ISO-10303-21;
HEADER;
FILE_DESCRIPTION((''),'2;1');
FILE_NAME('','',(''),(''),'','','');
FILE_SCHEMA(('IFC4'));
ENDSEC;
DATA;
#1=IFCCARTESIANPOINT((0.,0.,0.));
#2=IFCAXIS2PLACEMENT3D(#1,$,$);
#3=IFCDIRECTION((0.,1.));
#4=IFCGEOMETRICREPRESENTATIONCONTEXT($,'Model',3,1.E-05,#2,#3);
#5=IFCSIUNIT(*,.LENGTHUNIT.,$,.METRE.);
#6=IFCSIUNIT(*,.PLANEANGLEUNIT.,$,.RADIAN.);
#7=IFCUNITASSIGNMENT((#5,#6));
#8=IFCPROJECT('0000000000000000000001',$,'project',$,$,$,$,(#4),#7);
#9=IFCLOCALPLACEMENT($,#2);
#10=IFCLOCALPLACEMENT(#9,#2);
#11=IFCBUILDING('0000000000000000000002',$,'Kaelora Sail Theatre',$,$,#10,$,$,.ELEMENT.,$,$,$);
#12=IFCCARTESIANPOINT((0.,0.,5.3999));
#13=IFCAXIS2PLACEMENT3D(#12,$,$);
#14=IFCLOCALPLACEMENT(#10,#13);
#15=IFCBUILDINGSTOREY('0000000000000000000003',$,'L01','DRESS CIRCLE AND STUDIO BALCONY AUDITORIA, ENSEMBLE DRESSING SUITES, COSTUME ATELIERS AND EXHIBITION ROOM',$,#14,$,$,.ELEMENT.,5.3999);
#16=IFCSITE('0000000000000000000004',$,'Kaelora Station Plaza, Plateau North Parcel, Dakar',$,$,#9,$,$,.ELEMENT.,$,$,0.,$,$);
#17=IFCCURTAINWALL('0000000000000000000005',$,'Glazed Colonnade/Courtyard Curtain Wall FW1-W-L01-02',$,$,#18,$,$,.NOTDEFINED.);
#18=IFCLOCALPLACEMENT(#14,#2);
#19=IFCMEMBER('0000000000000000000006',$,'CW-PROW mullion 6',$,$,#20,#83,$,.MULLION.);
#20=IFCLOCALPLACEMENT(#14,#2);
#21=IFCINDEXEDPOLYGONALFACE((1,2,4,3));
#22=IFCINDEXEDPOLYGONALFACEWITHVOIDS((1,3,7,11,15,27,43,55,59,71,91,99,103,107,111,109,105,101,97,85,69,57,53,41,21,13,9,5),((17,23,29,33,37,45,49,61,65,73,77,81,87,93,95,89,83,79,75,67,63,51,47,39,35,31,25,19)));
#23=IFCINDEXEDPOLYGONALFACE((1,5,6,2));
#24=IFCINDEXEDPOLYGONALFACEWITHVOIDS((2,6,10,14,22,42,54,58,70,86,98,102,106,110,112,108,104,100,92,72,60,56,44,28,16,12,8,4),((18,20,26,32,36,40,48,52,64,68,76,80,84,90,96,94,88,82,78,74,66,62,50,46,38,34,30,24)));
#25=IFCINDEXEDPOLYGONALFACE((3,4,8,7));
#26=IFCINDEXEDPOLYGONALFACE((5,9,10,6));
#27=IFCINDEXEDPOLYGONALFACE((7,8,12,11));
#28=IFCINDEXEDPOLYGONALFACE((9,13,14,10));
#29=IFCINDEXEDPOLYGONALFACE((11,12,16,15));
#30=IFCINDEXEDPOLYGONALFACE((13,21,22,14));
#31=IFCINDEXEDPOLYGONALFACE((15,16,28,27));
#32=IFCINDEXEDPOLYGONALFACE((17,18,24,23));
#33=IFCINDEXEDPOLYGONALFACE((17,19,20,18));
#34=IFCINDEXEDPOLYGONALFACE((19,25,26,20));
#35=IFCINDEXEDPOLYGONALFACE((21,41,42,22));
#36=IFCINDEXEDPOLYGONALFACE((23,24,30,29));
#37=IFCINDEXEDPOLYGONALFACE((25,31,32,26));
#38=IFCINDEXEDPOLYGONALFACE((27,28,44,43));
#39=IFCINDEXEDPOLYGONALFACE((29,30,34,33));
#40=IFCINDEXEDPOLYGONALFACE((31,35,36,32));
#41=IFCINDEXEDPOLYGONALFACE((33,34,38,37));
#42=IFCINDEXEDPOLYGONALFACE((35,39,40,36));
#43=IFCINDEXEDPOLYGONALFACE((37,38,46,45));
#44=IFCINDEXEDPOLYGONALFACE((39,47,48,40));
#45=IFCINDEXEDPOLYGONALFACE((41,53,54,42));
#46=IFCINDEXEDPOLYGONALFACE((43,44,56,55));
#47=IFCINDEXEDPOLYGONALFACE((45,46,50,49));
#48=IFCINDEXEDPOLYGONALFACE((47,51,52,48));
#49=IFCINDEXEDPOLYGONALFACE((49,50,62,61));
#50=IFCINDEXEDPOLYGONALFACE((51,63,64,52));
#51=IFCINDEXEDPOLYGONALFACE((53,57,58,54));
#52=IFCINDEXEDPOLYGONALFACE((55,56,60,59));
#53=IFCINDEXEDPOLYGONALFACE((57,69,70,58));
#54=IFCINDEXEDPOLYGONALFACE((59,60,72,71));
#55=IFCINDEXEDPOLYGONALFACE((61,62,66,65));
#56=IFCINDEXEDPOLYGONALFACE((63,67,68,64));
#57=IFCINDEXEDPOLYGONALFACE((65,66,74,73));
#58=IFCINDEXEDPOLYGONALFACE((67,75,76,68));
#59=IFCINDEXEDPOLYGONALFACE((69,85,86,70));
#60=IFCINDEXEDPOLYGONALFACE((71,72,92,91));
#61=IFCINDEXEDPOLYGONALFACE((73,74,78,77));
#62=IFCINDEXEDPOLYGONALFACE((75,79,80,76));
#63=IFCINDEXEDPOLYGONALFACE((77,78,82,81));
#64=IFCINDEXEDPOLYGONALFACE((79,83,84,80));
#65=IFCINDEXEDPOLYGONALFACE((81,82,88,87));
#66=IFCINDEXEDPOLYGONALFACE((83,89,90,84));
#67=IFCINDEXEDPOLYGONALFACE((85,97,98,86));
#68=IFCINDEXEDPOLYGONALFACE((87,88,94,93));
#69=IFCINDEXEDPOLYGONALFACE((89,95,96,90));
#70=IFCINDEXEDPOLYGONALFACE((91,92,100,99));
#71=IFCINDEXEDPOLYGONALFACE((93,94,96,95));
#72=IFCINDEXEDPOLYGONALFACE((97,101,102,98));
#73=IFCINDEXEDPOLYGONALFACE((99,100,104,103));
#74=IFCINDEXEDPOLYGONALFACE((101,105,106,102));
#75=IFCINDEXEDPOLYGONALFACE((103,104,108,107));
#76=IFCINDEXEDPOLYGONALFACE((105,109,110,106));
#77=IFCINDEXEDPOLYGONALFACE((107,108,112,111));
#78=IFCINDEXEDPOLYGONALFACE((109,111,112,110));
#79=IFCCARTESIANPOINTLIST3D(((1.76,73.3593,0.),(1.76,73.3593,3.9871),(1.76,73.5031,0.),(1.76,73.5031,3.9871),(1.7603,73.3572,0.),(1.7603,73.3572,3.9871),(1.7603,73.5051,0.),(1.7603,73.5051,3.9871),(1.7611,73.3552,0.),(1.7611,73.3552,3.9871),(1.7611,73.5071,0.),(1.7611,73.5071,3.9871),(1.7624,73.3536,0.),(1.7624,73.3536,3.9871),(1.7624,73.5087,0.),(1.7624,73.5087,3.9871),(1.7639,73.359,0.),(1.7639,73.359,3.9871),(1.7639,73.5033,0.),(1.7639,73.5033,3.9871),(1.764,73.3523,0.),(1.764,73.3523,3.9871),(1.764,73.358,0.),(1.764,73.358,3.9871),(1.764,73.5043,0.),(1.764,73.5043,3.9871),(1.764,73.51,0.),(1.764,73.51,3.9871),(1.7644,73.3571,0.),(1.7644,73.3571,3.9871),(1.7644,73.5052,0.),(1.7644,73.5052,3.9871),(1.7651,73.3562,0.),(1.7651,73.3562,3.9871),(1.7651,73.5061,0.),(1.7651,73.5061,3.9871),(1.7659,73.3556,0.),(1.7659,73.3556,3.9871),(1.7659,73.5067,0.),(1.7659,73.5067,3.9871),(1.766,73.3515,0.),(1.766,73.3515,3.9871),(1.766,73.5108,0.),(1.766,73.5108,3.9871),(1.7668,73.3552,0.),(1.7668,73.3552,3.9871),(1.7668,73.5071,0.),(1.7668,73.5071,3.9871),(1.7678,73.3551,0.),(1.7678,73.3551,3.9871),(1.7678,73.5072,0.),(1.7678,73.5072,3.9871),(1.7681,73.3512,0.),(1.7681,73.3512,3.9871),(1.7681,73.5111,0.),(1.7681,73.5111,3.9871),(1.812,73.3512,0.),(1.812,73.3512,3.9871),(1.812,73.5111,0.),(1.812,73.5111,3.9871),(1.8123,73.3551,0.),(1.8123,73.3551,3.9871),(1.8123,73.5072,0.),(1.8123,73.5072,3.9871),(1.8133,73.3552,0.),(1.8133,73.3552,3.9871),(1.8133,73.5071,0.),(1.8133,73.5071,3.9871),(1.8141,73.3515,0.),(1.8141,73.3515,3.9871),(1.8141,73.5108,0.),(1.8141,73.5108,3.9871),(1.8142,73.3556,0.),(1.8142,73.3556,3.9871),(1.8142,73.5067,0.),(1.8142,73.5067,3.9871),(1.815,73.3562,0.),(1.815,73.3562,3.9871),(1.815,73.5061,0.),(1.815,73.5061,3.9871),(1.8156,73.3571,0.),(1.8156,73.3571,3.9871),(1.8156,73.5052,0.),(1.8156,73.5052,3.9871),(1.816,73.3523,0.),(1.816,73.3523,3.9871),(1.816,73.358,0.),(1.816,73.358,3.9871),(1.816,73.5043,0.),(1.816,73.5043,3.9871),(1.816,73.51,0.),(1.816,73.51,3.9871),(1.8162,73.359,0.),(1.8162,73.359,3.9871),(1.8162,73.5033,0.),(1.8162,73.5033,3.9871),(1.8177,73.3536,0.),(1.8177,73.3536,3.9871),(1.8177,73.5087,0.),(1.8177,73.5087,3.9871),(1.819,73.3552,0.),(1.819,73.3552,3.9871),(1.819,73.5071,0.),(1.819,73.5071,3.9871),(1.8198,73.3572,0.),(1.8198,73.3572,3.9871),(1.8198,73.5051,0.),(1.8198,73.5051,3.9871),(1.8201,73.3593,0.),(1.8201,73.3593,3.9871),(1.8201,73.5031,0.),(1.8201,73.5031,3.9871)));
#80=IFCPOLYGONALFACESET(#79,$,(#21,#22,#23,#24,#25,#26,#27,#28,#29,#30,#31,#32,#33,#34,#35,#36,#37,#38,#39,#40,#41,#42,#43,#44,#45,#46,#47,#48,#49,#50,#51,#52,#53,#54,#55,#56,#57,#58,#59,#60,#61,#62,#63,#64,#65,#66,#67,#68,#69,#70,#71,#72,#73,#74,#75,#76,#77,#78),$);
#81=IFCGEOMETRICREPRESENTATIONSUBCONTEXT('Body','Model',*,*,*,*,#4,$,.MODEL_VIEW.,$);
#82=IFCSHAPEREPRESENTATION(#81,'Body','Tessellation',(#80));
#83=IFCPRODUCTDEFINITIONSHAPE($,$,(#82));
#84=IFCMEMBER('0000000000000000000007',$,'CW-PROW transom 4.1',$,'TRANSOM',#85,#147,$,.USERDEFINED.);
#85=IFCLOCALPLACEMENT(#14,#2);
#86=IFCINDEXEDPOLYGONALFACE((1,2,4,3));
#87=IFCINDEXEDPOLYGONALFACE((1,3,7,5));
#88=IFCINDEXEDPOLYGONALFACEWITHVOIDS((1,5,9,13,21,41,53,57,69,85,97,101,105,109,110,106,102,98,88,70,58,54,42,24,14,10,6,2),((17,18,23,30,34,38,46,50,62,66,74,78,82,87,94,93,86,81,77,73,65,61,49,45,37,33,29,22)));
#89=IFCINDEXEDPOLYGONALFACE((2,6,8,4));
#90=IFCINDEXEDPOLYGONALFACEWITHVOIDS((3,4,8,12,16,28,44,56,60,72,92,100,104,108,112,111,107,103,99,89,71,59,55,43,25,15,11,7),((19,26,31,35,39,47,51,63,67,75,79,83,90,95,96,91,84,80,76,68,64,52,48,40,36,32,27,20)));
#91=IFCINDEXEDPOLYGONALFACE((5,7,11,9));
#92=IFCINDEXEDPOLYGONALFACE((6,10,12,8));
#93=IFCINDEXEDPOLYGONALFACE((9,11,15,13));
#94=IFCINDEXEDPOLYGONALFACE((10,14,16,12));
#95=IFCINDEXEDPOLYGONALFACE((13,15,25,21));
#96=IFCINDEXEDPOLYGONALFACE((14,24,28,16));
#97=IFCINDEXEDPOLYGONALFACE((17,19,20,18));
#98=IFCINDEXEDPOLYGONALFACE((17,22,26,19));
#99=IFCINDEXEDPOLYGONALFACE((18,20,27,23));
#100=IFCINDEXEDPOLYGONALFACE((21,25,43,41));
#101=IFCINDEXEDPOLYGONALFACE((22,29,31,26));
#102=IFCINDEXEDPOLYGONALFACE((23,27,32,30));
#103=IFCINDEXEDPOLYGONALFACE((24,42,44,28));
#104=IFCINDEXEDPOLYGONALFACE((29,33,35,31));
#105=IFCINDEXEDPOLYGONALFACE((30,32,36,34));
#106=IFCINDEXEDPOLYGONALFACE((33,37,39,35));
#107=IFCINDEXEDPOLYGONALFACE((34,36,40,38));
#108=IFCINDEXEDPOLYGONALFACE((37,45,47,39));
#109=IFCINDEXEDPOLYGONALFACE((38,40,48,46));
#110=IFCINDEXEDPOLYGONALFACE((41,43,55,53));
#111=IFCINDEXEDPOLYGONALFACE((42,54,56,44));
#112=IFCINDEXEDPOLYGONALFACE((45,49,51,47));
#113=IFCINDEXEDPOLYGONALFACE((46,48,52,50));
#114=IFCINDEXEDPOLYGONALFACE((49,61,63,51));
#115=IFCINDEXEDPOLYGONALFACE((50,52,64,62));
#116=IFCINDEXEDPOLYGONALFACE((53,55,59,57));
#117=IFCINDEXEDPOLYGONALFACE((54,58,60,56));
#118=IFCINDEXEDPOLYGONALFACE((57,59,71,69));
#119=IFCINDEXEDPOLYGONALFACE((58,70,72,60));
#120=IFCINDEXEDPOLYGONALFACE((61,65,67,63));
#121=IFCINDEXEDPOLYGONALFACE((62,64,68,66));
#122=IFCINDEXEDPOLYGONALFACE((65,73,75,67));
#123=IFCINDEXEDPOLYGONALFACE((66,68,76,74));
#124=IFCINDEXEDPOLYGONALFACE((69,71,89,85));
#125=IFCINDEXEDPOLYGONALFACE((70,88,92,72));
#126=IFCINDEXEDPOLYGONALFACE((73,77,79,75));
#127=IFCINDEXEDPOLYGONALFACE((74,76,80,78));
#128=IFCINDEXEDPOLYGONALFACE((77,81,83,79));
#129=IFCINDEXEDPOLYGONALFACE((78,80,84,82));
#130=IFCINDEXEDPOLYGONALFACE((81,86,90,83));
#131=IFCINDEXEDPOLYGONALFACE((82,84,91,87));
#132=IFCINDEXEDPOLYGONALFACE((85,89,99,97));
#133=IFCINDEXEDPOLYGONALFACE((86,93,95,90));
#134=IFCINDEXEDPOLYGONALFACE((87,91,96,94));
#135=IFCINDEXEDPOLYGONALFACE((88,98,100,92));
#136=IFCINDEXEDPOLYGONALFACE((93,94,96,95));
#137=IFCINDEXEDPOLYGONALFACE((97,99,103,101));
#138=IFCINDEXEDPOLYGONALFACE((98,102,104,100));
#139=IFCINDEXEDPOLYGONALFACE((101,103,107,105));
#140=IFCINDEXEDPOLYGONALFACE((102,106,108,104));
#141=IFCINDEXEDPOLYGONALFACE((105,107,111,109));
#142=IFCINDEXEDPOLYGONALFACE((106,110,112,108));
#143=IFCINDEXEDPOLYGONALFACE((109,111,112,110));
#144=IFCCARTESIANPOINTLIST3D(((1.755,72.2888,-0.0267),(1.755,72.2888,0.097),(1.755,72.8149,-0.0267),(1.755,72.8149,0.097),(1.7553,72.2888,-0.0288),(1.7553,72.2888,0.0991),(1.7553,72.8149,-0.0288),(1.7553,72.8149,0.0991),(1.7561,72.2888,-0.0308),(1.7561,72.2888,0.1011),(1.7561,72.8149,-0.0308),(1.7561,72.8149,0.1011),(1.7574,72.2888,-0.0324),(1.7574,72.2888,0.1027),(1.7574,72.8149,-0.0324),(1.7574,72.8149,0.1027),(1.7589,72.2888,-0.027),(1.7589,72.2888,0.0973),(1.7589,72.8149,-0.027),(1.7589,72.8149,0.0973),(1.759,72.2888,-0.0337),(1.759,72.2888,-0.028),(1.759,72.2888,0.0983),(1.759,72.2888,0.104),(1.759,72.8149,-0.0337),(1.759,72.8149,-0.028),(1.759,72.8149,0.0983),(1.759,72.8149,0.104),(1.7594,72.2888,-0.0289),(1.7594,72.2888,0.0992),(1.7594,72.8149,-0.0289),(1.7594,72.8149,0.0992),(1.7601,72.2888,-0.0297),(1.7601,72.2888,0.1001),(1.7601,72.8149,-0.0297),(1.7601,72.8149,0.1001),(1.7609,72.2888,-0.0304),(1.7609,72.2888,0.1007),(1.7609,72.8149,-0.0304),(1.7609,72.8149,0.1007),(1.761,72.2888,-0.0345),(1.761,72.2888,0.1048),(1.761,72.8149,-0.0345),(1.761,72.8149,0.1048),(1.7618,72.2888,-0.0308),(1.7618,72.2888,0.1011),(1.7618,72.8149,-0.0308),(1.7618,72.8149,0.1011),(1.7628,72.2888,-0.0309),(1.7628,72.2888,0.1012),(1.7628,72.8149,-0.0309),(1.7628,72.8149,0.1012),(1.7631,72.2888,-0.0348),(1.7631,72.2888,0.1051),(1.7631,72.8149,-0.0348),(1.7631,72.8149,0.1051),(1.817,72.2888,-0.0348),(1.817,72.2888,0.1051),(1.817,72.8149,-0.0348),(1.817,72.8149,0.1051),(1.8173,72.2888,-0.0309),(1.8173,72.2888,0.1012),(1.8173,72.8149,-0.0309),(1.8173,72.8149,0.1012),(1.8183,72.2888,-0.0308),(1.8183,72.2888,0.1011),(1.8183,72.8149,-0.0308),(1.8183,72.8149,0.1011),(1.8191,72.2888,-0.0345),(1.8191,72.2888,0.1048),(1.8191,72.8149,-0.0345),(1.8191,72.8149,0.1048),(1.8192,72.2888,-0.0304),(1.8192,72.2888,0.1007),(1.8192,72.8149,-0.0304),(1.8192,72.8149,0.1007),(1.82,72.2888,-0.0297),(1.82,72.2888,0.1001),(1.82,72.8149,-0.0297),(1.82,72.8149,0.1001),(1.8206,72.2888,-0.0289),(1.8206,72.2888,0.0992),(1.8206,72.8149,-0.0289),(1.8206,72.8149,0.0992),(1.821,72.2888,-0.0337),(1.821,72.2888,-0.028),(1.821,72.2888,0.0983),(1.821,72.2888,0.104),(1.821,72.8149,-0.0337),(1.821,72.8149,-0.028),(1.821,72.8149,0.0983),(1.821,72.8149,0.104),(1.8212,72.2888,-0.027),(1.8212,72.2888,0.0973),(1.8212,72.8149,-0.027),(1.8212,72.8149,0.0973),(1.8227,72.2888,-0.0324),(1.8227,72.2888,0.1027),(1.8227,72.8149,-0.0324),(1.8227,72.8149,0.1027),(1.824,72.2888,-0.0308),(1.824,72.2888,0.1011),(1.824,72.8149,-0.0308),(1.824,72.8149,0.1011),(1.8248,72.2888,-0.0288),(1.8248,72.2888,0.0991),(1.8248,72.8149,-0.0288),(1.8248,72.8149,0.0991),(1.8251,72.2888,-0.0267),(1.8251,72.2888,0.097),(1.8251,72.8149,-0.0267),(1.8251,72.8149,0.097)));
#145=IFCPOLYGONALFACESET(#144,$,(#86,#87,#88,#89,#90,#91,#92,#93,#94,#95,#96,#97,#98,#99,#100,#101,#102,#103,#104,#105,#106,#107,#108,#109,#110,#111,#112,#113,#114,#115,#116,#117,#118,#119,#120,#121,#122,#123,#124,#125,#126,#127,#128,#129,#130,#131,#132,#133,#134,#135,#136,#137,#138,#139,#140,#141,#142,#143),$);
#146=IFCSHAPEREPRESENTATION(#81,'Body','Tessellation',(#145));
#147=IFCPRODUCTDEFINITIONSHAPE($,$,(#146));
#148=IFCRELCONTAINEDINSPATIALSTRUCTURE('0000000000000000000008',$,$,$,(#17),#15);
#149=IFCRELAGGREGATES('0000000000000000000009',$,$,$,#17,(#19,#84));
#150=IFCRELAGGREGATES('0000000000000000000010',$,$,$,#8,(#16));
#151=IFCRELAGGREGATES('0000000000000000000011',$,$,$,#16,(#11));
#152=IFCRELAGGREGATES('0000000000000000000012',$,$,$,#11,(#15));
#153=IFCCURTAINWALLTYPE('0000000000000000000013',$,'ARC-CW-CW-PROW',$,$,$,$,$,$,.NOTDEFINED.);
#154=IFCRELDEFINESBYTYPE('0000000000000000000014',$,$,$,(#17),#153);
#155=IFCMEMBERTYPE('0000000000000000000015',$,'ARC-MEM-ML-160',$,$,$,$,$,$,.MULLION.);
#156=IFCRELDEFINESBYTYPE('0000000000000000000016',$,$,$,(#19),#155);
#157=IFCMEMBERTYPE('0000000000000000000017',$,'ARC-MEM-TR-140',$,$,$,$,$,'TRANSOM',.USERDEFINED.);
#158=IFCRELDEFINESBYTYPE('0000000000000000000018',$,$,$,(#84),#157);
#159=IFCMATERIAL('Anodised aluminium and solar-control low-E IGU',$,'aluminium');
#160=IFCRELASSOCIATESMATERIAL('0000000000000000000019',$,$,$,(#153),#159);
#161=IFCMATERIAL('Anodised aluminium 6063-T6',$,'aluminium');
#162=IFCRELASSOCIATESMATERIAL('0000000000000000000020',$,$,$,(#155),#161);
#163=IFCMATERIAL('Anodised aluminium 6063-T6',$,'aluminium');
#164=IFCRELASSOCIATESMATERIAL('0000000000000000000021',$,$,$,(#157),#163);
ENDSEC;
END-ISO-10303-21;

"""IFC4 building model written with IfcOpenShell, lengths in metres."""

from ifc_helpers import new_model, si_unit, direction, frame, origin, origin_2d, place, context, subcontext, project, spatial, hollow_rectangle, extrude, material, material_profile, profile_set, type_object, element, aggregate, save


model = new_model("IFC4")

# Units and contexts
model_context = context("Model", 3, precision=1e-05, world=origin(), true_north=direction((0.0, 1.0)))
body_context = subcontext(model_context, "Body", "Model", "MODEL_VIEW")
ifc_project = project(units=[si_unit("LENGTHUNIT", "METRE"), si_unit("PLANEANGLEUNIT", "RADIAN")], contexts=[model_context])

# Site, building, storey
site_placement = place(None, origin())
site = spatial("IfcSite", under=ifc_project, at=site_placement, Name="Kaelora Station Plaza, Plateau North Parcel, Dakar", CompositionType="ELEMENT", RefElevation=0.0)
building_placement = place(site_placement, origin())
building = spatial("IfcBuilding", under=site, at=building_placement, Name="Kaelora Sail Theatre", CompositionType="ELEMENT")
storey_placement = place(building_placement, frame((0.0, 0.0, 5.3999)))
storey = spatial("IfcBuildingStorey", under=building, at=storey_placement, Name="L01", Description="DRESS CIRCLE AND STUDIO BALCONY AUDITORIA, ENSEMBLE DRESSING SUITES, COSTUME ATELIERS AND EXHIBITION ROOM", CompositionType="ELEMENT", Elevation=5.3999)

# Curtain wall, members
ifc_material_1 = material(Name="Anodised aluminium and solar-control low-E IGU", Category="aluminium")
curtain_wall_type = type_object("IfcCurtainWallType", Name="ARC-CW-CW-PROW", PredefinedType="NOTDEFINED", material=ifc_material_1)
curtain_wall_placement = place(storey_placement, origin())
curtain_wall = element("IfcCurtainWall", 1, at=curtain_wall_placement, inside=storey, type_object=curtain_wall_type, Name="Glazed Colonnade/Courtyard Curtain Wall FW1-W-L01-02", PredefinedType="NOTDEFINED")
ifc_material_2 = material(Name="Anodised aluminium 6063-T6", Category="aluminium")
ifc_material_profile_1 = material_profile(ifc_material_2, hollow_rectangle(XDim=0.0601, YDim=0.1599, WallThickness=0.0039, InnerFilletRadius=0.0039, OuterFilletRadius=0.0081, at=origin_2d()), Name="ALU-MULL 60x160x4")
ifc_profile_set_1 = profile_set([ifc_material_profile_1], Name="Anodised aluminium 6063-T6")
member_type_1 = type_object("IfcMemberType", Name="ARC-MEM-ML-160", PredefinedType="MULLION", material=ifc_profile_set_1)
member_1_placement = place(storey_placement, frame((1.79, 73.4312, 0.0), z_axis=(0.0, 0.0, 1.0), x_axis=(-1.0, 0.0, 0.0)))
member_1 = element("IfcMember", 2, at=member_1_placement, type_object=member_type_1, Name="CW-PROW mullion 6", PredefinedType="MULLION", context=body_context, shape_type="SweptSolid", body=[
    extrude(hollow_rectangle(XDim=0.0601, YDim=0.1599, WallThickness=0.0039, InnerFilletRadius=0.0039, OuterFilletRadius=0.0081, at=origin_2d()), origin(), (0.0, 0.0, 1.0), 3.9871),
])
ifc_material_3 = material(Name="Anodised aluminium 6063-T6", Category="aluminium")
ifc_material_profile_2 = material_profile(ifc_material_3, hollow_rectangle(XDim=0.0701, YDim=0.1399, WallThickness=0.0039, InnerFilletRadius=0.0039, OuterFilletRadius=0.0081, at=origin_2d()), Name="ALU-TRAN 70x140x4")
ifc_profile_set_2 = profile_set([ifc_material_profile_2], Name="Anodised aluminium 6063-T6")
member_type_2 = type_object("IfcMemberType", Name="ARC-MEM-TR-140", ElementType="TRANSOM", PredefinedType="USERDEFINED", material=ifc_profile_set_2)
member_2_placement = place(storey_placement, frame((1.79, 72.2888, 0.0352), z_axis=(0.0, 1.0, 0.0), x_axis=(-1.0, 0.0, 0.0)))
member_2 = element("IfcMember", 3, at=member_2_placement, type_object=member_type_2, Name="CW-PROW transom 4.1", ObjectType="TRANSOM", PredefinedType="USERDEFINED", context=body_context, shape_type="SweptSolid", body=[
    extrude(hollow_rectangle(XDim=0.0701, YDim=0.1399, WallThickness=0.0039, InnerFilletRadius=0.0039, OuterFilletRadius=0.0081, at=origin_2d()), origin(), (0.0, 0.0, 1.0), 0.5261),
])

aggregate(curtain_wall, [member_1, member_2])

save(model, "model.ifc")
